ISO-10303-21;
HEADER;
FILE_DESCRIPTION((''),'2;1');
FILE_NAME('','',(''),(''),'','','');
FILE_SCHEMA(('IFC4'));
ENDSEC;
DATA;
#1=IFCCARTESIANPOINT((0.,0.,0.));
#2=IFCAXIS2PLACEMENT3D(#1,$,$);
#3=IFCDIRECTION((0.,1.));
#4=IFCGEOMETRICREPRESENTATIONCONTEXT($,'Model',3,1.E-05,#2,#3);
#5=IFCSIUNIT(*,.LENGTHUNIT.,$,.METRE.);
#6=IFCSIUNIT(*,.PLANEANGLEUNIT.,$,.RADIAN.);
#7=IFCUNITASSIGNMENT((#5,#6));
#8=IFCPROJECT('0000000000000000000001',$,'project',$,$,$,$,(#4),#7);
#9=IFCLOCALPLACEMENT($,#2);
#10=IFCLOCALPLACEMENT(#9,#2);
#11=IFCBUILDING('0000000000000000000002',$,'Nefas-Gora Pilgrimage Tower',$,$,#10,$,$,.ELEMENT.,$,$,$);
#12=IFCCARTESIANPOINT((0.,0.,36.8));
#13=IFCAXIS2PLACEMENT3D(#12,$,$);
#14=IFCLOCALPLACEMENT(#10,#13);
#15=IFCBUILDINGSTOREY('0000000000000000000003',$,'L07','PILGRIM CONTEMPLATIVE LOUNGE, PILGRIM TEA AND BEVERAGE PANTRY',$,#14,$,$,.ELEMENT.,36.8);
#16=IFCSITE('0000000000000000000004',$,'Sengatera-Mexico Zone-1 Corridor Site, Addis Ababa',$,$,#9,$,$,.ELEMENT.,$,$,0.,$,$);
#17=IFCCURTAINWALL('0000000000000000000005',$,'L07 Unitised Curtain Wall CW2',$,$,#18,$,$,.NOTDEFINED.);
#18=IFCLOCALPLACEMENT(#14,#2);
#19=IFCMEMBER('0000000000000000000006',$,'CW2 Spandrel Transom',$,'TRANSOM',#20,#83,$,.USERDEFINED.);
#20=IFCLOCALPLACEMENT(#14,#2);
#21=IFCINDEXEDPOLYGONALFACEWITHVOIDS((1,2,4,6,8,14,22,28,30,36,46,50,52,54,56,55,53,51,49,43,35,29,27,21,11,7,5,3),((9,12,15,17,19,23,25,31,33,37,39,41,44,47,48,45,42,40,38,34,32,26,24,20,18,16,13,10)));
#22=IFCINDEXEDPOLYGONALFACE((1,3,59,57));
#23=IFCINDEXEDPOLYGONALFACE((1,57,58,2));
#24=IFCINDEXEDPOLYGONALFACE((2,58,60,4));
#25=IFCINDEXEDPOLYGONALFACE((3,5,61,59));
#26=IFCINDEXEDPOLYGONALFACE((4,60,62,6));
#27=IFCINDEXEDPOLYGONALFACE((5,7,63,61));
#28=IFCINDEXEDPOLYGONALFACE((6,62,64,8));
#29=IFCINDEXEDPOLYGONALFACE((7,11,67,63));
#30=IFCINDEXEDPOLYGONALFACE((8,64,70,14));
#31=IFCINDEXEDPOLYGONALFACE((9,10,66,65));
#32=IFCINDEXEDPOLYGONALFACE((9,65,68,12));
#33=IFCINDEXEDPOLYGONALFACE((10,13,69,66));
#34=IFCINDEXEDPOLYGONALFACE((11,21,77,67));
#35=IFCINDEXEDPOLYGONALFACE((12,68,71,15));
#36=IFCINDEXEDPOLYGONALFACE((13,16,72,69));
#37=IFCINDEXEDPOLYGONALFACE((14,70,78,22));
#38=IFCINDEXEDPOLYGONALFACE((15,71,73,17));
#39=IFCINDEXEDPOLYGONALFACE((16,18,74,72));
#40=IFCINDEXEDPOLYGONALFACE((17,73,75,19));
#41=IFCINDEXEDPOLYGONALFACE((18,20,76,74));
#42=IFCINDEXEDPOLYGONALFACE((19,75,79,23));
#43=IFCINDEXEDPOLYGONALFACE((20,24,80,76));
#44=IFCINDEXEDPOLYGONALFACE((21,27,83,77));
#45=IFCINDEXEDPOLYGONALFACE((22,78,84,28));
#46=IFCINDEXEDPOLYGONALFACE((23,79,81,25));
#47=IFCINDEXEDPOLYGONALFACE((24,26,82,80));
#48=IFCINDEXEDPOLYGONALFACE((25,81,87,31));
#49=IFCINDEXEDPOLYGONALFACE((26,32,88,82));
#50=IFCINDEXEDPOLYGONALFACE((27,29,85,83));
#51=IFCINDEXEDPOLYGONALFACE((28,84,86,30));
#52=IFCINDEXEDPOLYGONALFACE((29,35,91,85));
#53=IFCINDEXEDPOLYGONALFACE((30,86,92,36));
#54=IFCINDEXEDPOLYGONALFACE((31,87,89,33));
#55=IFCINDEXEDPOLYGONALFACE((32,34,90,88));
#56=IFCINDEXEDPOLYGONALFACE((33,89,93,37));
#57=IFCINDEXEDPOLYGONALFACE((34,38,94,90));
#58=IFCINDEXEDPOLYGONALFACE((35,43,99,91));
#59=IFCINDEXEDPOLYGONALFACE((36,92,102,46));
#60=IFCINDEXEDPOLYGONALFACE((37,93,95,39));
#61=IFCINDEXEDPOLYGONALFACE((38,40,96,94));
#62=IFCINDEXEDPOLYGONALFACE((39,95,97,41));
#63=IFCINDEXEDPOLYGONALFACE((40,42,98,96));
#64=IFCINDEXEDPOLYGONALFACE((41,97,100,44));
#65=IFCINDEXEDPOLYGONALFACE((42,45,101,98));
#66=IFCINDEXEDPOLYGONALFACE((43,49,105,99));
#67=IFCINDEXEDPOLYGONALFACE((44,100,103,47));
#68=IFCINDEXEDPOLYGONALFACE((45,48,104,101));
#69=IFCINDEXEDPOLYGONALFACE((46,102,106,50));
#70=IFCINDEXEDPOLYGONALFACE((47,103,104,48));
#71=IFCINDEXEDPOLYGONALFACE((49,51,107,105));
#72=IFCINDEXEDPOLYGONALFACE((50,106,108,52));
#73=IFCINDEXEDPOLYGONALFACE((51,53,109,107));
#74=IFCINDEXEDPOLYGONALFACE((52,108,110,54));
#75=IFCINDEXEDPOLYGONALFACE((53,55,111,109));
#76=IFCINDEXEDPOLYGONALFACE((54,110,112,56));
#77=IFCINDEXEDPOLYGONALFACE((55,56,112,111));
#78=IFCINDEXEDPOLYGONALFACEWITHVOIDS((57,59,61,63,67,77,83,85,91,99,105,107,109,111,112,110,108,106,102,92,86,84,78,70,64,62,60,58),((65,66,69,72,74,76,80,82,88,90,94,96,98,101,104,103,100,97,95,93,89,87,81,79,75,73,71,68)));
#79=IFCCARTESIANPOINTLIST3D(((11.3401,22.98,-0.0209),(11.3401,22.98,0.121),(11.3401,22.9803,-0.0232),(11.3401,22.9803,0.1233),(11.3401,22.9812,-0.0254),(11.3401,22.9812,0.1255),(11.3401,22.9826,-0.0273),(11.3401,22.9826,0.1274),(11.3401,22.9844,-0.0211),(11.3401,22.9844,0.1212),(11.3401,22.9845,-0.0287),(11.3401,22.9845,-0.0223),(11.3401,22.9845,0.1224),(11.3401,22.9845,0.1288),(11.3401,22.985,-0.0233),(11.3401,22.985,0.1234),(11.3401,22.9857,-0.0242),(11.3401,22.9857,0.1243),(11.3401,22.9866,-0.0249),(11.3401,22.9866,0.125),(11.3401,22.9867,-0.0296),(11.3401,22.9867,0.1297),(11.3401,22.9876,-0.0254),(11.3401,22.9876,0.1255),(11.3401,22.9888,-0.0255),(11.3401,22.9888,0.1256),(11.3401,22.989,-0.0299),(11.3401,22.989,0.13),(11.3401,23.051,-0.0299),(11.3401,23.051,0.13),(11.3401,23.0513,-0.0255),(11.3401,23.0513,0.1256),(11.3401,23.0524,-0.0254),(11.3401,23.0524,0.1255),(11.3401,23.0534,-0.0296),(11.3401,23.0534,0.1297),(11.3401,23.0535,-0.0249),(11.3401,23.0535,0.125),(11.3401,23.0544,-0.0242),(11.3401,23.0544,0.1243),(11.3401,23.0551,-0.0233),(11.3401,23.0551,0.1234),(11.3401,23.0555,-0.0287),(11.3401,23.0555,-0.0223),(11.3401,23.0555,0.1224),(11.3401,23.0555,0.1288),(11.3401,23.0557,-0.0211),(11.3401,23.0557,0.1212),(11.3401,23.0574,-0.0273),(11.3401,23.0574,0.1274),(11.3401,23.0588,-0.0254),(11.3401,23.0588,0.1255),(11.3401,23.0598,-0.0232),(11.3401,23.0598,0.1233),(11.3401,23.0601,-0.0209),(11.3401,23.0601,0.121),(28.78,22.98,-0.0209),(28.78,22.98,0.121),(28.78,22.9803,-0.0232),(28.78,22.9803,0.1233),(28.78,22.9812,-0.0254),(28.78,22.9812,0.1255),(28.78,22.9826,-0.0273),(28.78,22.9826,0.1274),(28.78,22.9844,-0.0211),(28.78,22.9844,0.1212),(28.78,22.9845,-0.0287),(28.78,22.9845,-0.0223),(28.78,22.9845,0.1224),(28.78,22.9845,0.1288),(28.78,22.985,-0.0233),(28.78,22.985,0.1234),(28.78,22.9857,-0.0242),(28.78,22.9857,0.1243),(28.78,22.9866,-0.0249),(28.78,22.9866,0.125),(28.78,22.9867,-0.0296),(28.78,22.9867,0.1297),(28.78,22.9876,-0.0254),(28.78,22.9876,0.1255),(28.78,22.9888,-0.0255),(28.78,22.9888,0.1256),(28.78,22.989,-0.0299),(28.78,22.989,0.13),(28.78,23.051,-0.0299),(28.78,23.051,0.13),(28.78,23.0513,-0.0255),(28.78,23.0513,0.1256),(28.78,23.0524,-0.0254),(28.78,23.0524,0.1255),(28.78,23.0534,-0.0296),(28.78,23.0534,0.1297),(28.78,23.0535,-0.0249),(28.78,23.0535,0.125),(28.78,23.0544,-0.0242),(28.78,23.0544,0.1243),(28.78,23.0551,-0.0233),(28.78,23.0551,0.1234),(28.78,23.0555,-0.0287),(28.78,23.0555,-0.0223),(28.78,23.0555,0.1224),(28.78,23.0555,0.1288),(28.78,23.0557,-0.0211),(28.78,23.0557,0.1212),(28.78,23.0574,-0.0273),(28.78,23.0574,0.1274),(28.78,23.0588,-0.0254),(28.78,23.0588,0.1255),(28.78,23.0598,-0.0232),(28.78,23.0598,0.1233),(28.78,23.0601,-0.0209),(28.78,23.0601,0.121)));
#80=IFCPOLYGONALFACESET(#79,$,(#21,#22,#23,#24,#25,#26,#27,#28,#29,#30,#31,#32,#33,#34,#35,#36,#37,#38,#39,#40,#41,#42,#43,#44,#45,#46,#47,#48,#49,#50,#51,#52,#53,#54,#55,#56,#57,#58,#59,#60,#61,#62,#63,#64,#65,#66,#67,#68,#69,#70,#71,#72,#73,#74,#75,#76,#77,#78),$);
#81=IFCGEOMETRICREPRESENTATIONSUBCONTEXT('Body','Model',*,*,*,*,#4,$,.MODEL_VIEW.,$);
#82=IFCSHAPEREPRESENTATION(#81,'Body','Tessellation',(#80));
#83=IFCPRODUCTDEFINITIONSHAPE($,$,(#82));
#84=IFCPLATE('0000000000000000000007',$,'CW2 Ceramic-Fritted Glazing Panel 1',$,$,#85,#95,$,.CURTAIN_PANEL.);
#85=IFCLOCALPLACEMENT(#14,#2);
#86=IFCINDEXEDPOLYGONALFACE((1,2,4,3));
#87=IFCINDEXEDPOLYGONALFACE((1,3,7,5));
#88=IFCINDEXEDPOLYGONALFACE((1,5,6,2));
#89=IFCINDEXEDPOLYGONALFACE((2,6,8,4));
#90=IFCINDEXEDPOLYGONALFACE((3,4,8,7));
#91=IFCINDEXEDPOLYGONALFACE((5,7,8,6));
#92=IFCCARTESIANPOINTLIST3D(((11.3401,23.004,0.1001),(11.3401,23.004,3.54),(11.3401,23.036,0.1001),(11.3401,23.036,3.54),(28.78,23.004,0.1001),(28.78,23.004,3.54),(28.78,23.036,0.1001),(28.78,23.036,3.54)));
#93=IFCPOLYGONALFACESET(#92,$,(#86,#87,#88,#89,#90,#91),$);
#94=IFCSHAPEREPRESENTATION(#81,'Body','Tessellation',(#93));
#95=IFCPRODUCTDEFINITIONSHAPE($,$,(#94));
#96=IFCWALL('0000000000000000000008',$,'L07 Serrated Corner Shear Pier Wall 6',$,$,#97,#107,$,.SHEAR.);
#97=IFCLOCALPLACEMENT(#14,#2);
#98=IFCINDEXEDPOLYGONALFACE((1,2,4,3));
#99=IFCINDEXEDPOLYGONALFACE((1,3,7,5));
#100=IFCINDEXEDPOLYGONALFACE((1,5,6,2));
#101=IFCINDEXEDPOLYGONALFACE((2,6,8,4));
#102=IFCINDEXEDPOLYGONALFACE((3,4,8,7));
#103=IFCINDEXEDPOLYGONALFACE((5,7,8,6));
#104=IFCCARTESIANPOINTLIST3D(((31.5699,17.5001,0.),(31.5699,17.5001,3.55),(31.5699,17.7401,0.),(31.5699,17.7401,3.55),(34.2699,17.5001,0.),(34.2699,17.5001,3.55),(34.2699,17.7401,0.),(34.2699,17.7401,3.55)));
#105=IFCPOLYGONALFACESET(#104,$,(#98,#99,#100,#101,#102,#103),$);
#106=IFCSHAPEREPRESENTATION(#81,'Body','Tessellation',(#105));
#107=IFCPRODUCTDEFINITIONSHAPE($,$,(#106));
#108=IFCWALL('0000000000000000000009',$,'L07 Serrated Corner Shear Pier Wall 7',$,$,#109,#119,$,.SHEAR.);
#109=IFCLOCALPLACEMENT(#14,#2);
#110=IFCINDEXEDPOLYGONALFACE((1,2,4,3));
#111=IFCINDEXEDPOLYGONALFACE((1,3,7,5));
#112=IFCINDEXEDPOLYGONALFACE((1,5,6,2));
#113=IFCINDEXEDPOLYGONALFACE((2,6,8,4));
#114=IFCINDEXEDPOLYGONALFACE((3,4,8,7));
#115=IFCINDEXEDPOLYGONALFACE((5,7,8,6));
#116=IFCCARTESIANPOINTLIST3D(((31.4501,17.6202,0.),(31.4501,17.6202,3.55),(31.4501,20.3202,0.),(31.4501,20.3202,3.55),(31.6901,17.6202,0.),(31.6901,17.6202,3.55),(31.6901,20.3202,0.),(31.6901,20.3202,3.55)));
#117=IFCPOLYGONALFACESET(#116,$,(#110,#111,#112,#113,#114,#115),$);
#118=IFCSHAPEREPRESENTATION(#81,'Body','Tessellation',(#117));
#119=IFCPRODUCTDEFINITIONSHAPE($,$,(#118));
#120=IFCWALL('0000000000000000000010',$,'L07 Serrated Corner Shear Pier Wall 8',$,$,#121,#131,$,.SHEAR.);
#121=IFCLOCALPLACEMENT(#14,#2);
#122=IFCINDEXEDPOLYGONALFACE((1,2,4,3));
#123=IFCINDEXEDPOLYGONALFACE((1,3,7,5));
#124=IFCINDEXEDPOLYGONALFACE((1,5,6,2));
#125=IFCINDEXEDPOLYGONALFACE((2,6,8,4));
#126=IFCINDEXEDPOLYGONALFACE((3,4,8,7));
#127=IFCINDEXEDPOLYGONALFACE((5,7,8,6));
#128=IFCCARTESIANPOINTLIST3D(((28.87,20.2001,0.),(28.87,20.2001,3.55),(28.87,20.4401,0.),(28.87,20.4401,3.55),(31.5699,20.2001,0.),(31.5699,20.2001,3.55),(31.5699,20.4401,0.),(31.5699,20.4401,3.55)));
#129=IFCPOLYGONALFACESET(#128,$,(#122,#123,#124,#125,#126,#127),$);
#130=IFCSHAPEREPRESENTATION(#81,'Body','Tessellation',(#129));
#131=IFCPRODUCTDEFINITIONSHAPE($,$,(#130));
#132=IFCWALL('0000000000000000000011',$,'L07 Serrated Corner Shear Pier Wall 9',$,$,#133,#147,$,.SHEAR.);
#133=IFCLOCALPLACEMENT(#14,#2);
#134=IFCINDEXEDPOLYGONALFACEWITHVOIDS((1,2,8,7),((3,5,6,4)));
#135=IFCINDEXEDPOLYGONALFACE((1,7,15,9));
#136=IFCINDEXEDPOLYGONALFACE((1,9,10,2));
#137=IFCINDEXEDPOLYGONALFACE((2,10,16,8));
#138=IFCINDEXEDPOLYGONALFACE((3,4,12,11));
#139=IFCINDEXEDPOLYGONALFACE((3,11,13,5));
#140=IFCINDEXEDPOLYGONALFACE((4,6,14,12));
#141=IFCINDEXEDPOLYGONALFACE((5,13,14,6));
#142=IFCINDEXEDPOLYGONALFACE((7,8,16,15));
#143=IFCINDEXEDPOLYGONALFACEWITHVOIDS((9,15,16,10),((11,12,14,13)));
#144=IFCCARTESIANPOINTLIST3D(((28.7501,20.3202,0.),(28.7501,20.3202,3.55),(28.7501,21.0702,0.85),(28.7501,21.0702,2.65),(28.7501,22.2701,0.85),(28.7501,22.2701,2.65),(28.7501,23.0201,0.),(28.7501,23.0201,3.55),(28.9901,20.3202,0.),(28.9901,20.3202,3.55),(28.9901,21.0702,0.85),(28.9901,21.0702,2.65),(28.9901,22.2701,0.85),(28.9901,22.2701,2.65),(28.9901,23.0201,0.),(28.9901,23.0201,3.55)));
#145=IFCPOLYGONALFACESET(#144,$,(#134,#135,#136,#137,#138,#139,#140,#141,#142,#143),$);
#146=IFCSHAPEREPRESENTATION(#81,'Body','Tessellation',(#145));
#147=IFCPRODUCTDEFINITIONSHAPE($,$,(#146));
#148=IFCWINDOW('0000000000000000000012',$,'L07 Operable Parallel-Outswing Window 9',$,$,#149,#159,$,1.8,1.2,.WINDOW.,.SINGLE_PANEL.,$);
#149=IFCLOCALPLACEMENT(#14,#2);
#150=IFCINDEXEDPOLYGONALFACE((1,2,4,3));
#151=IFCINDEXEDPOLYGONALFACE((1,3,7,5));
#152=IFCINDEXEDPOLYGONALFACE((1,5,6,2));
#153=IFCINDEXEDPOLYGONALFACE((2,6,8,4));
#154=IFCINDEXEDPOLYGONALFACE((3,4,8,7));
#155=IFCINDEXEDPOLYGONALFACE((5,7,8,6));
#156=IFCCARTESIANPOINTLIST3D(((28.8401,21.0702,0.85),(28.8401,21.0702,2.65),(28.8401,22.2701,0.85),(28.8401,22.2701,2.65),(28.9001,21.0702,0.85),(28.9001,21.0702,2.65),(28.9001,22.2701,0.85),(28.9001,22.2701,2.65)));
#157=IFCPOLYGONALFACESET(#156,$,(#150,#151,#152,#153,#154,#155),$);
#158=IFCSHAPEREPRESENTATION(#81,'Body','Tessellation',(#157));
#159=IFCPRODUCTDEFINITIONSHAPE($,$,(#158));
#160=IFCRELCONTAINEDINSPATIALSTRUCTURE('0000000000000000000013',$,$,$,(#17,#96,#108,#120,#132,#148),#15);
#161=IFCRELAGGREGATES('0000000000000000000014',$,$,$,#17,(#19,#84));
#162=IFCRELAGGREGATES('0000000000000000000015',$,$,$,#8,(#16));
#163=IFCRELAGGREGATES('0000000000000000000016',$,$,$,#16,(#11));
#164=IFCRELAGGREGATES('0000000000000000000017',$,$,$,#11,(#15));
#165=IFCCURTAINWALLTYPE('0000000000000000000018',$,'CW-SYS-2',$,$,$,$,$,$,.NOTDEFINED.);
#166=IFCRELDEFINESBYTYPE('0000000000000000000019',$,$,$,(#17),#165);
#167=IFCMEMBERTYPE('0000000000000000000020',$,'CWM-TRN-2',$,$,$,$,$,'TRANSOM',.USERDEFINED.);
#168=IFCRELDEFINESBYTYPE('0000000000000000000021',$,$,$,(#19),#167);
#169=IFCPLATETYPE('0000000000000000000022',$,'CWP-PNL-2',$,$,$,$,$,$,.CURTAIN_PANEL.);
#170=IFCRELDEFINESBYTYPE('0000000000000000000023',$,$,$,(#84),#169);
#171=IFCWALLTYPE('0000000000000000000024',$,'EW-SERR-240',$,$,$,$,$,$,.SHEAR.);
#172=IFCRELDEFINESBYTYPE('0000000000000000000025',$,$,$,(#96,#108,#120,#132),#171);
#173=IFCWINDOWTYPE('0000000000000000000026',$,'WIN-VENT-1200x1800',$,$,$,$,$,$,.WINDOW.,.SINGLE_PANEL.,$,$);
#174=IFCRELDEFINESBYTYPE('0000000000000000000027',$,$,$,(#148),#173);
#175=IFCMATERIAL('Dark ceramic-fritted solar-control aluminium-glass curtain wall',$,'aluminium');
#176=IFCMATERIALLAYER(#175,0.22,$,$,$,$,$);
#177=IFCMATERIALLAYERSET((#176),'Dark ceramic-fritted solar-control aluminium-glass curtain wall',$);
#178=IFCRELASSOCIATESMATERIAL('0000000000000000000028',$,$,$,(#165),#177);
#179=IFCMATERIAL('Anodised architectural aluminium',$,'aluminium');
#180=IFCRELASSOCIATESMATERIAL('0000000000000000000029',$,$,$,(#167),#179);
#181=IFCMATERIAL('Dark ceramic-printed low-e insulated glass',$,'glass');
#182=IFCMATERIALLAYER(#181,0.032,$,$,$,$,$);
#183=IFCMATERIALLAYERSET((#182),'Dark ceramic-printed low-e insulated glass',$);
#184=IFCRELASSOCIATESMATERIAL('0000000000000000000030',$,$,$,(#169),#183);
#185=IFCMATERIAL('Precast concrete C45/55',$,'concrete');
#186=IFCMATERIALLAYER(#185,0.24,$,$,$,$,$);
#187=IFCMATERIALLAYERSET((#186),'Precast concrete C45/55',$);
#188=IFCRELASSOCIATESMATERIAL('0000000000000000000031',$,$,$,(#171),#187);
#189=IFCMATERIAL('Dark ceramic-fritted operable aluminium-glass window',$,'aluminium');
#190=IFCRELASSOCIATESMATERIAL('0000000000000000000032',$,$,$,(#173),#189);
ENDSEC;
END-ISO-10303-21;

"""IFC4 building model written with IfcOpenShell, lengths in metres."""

from ifc_helpers import new_model, si_unit, direction, frame, frame_2d, origin, origin_2d, place, context, subcontext, project, spatial, rectangle, hollow_rectangle, extrude, source, transform, mapped, material, layer, layer_set, material_profile, profile_set, type_object, element, fill, aggregate, save


model = new_model("IFC4")

# Units and contexts
model_context = context("Model", 3, precision=1e-05, world=origin(), true_north=direction((0.0, 1.0)))
body_context = subcontext(model_context, "Body", "Model", "MODEL_VIEW")
ifc_project = project(units=[si_unit("LENGTHUNIT", "METRE"), si_unit("PLANEANGLEUNIT", "RADIAN")], contexts=[model_context])

# Site, building, storey
site_placement = place(None, origin())
site = spatial("IfcSite", under=ifc_project, at=site_placement, Name="Sengatera-Mexico Zone-1 Corridor Site, Addis Ababa", CompositionType="ELEMENT", RefElevation=0.0)
building_placement = place(site_placement, origin())
building = spatial("IfcBuilding", under=site, at=building_placement, Name="Nefas-Gora Pilgrimage Tower", CompositionType="ELEMENT")
storey_placement = place(building_placement, frame((0.0, 0.0, 36.8)))
storey = spatial("IfcBuildingStorey", under=building, at=storey_placement, Name="L07", Description="PILGRIM CONTEMPLATIVE LOUNGE, PILGRIM TEA AND BEVERAGE PANTRY", CompositionType="ELEMENT", Elevation=36.8)

# Shared definitions
ifc_material_1 = material(Name="Dark ceramic-fritted solar-control aluminium-glass curtain wall", Category="aluminium")
ifc_layer_1 = layer(ifc_material_1, 0.22)
ifc_layer_set_1 = layer_set([ifc_layer_1], Name="Dark ceramic-fritted solar-control aluminium-glass curtain wall")
curtain_wall_type = type_object("IfcCurtainWallType", Name="CW-SYS-2", PredefinedType="NOTDEFINED", material=ifc_layer_set_1)
ifc_material_2 = material(Name="Anodised architectural aluminium", Category="aluminium")

# Curtain wall, member, plate
curtain_wall_1_placement = place(storey_placement, origin())
curtain_wall_1 = element("IfcCurtainWall", 1, at=curtain_wall_1_placement, inside=storey, type_object=curtain_wall_type, Name="L07 Unitised Curtain Wall CW2", PredefinedType="NOTDEFINED")
ifc_material_profile_1 = material_profile(ifc_material_2, hollow_rectangle(XDim=0.0801, YDim=0.1599, WallThickness=0.0044, InnerFilletRadius=0.0044, OuterFilletRadius=0.009, at=origin_2d()), Name="ALU TRANSOM 80x160")
ifc_profile_set_1 = profile_set([ifc_material_profile_1], Name="Anodised architectural aluminium")
member_type_1 = type_object("IfcMemberType", Name="CWM-TRN-2", ElementType="TRANSOM", PredefinedType="USERDEFINED", material=ifc_profile_set_1)
shared_shape_1 = source(origin(), body_context, "Body", "SweptSolid", [
    extrude(hollow_rectangle(XDim=0.0801, YDim=0.1599, WallThickness=0.0044, InnerFilletRadius=0.0044, OuterFilletRadius=0.009, at=origin_2d()), origin(), (0.0, 0.0, 1.0), 17.4399),
])
member_1_placement = place(storey_placement, frame((28.78, 23.02, 0.05), z_axis=(-1.0, 0.0, 0.0), x_axis=(0.0, -1.0, 0.0)))
member_1 = element("IfcMember", 2, at=member_1_placement, type_object=member_type_1, Name="CW2 Spandrel Transom", ObjectType="TRANSOM", PredefinedType="USERDEFINED", context=body_context, shape_type="MappedRepresentation", body=[
    mapped(shared_shape_1, transform((0.0, 0.0, 0.0), x_axis=(1.0, 0.0, 0.0), y_axis=(0.0, 1.0, 0.0), z_axis=(0.0, 0.0, 1.0), scale=1.0)),
])
ifc_material_3 = material(Name="Dark ceramic-printed low-e insulated glass", Category="glass")
ifc_layer_2 = layer(ifc_material_3, 0.032)
ifc_layer_set_2 = layer_set([ifc_layer_2], Name="Dark ceramic-printed low-e insulated glass")
plate_type = type_object("IfcPlateType", Name="CWP-PNL-2", PredefinedType="CURTAIN_PANEL", material=ifc_layer_set_2)
shared_shape_2 = source(origin(), body_context, "Body", "SweptSolid", [
    extrude(rectangle(XDim=17.4399, YDim=0.032, at=origin_2d()), origin(), (0.0, 0.0, 1.0), 3.4399),
])
plate_placement = place(storey_placement, frame((20.0601, 23.02, 0.1001), z_axis=(0.0, 0.0, 1.0), x_axis=(-1.0, 0.0, 0.0)))
plate = element("IfcPlate", 3, at=plate_placement, type_object=plate_type, Name="CW2 Ceramic-Fritted Glazing Panel 1", PredefinedType="CURTAIN_PANEL", context=body_context, shape_type="MappedRepresentation", body=[
    mapped(shared_shape_2, transform((0.0, 0.0, 0.0), x_axis=(1.0, 0.0, 0.0), y_axis=(0.0, 1.0, 0.0), z_axis=(0.0, 0.0, 1.0), scale=1.0)),
])
aggregate(curtain_wall_1, [member_1, plate])

# Walls
ifc_material_4 = material(Name="Precast concrete C45/55", Category="concrete")
ifc_layer_3 = layer(ifc_material_4, 0.24)
ifc_layer_set_3 = layer_set([ifc_layer_3], Name="Precast concrete C45/55")
wall_type = type_object("IfcWallType", Name="EW-SERR-240", PredefinedType="SHEAR", material=ifc_layer_set_3)
shared_shape_3 = source(origin(), body_context, "Body", "SweptSolid", [
    extrude(rectangle(XDim=2.7, YDim=0.24, at=frame_2d((1.3501, 0.0))), origin(), (0.0, 0.0, 1.0), 3.55),
])
for number, where, z_axis, x_axis, name in (
    (4, (34.27, 17.6201, 0.0), (0.0, 0.0, 1.0), (-1.0, 0.0, 0.0), "L07 Serrated Corner Shear Pier Wall 6"),
    (5, (31.5701, 17.6201, 0.0), (0.0, 0.0, 1.0), (0.0, 1.0, 0.0), "L07 Serrated Corner Shear Pier Wall 7"),
    (6, (31.5701, 20.3201, 0.0), (0.0, 0.0, 1.0), (-1.0, 0.0, 0.0), "L07 Serrated Corner Shear Pier Wall 8"),
):
    element("IfcWall", number, at=place(storey_placement, frame(where, z_axis=z_axis, x_axis=x_axis)), inside=storey, type_object=wall_type, Name=name, PredefinedType="SHEAR", context=body_context, shape_type="MappedRepresentation", body=[
        mapped(shared_shape_3, transform((0.0, 0.0, 0.0), x_axis=(1.0, 0.0, 0.0), y_axis=(0.0, 1.0, 0.0), z_axis=(0.0, 0.0, 1.0), scale=1.0)),
    ])

# Wall, opening, window
wall_placement = place(storey_placement, frame((28.8701, 20.3201, 0.0), z_axis=(0.0, 0.0, 1.0), x_axis=(0.0, 1.0, 0.0)))
wall = element("IfcWall", 7, at=wall_placement, inside=storey, type_object=wall_type, Name="L07 Serrated Corner Shear Pier Wall 9", PredefinedType="SHEAR", context=body_context, shape_type="MappedRepresentation", body=[
    mapped(shared_shape_3, transform((0.0, 0.0, 0.0), x_axis=(1.0, 0.0, 0.0), y_axis=(0.0, 1.0, 0.0), z_axis=(0.0, 0.0, 1.0), scale=1.0)),
])
opening_placement = place(wall_placement, frame((0.75, 0.0, 0.8501)))
opening = element("IfcOpeningElement", 8, at=opening_placement, cuts=wall, PredefinedType="OPENING", context=body_context, shape_type="SweptSolid", body=[
    extrude(rectangle(XDim=1.2, YDim=1.8, at=frame_2d((0.6001, 0.8999))), frame((0.0, 0.1299, 0.0), z_axis=(0.0, -1.0, 0.0), x_axis=(1.0, 0.0, 0.0)), (0.0, 0.0, 1.0), 0.26),
])
ifc_material_5 = material(Name="Dark ceramic-fritted operable aluminium-glass window", Category="aluminium")
window_type = type_object("IfcWindowType", Name="WIN-VENT-1200x1800", PartitioningType="SINGLE_PANEL", PredefinedType="WINDOW", material=ifc_material_5)
shared_shape_4 = source(origin(), body_context, "Body", "SweptSolid", [
    extrude(rectangle(XDim=1.2, YDim=1.8, at=frame_2d((0.6001, 0.8999))), frame((0.0, 0.03, 0.0), z_axis=(0.0, -1.0, 0.0), x_axis=(1.0, 0.0, 0.0)), (0.0, 0.0, 1.0), 0.0601),
])
window_placement = place(opening_placement, origin())
window = element("IfcWindow", 9, at=window_placement, inside=storey, type_object=window_type, Name="L07 Operable Parallel-Outswing Window 9", OverallHeight=1.8, OverallWidth=1.2, PartitioningType="SINGLE_PANEL", PredefinedType="WINDOW", context=body_context, shape_type="MappedRepresentation", body=[
    mapped(shared_shape_4, transform((0.0, 0.0, 0.0), x_axis=(1.0, 0.0, 0.0), y_axis=(0.0, 1.0, 0.0), z_axis=(0.0, 0.0, 1.0), scale=1.0)),
])
fill(opening, window)

save(model, "model.ifc")
